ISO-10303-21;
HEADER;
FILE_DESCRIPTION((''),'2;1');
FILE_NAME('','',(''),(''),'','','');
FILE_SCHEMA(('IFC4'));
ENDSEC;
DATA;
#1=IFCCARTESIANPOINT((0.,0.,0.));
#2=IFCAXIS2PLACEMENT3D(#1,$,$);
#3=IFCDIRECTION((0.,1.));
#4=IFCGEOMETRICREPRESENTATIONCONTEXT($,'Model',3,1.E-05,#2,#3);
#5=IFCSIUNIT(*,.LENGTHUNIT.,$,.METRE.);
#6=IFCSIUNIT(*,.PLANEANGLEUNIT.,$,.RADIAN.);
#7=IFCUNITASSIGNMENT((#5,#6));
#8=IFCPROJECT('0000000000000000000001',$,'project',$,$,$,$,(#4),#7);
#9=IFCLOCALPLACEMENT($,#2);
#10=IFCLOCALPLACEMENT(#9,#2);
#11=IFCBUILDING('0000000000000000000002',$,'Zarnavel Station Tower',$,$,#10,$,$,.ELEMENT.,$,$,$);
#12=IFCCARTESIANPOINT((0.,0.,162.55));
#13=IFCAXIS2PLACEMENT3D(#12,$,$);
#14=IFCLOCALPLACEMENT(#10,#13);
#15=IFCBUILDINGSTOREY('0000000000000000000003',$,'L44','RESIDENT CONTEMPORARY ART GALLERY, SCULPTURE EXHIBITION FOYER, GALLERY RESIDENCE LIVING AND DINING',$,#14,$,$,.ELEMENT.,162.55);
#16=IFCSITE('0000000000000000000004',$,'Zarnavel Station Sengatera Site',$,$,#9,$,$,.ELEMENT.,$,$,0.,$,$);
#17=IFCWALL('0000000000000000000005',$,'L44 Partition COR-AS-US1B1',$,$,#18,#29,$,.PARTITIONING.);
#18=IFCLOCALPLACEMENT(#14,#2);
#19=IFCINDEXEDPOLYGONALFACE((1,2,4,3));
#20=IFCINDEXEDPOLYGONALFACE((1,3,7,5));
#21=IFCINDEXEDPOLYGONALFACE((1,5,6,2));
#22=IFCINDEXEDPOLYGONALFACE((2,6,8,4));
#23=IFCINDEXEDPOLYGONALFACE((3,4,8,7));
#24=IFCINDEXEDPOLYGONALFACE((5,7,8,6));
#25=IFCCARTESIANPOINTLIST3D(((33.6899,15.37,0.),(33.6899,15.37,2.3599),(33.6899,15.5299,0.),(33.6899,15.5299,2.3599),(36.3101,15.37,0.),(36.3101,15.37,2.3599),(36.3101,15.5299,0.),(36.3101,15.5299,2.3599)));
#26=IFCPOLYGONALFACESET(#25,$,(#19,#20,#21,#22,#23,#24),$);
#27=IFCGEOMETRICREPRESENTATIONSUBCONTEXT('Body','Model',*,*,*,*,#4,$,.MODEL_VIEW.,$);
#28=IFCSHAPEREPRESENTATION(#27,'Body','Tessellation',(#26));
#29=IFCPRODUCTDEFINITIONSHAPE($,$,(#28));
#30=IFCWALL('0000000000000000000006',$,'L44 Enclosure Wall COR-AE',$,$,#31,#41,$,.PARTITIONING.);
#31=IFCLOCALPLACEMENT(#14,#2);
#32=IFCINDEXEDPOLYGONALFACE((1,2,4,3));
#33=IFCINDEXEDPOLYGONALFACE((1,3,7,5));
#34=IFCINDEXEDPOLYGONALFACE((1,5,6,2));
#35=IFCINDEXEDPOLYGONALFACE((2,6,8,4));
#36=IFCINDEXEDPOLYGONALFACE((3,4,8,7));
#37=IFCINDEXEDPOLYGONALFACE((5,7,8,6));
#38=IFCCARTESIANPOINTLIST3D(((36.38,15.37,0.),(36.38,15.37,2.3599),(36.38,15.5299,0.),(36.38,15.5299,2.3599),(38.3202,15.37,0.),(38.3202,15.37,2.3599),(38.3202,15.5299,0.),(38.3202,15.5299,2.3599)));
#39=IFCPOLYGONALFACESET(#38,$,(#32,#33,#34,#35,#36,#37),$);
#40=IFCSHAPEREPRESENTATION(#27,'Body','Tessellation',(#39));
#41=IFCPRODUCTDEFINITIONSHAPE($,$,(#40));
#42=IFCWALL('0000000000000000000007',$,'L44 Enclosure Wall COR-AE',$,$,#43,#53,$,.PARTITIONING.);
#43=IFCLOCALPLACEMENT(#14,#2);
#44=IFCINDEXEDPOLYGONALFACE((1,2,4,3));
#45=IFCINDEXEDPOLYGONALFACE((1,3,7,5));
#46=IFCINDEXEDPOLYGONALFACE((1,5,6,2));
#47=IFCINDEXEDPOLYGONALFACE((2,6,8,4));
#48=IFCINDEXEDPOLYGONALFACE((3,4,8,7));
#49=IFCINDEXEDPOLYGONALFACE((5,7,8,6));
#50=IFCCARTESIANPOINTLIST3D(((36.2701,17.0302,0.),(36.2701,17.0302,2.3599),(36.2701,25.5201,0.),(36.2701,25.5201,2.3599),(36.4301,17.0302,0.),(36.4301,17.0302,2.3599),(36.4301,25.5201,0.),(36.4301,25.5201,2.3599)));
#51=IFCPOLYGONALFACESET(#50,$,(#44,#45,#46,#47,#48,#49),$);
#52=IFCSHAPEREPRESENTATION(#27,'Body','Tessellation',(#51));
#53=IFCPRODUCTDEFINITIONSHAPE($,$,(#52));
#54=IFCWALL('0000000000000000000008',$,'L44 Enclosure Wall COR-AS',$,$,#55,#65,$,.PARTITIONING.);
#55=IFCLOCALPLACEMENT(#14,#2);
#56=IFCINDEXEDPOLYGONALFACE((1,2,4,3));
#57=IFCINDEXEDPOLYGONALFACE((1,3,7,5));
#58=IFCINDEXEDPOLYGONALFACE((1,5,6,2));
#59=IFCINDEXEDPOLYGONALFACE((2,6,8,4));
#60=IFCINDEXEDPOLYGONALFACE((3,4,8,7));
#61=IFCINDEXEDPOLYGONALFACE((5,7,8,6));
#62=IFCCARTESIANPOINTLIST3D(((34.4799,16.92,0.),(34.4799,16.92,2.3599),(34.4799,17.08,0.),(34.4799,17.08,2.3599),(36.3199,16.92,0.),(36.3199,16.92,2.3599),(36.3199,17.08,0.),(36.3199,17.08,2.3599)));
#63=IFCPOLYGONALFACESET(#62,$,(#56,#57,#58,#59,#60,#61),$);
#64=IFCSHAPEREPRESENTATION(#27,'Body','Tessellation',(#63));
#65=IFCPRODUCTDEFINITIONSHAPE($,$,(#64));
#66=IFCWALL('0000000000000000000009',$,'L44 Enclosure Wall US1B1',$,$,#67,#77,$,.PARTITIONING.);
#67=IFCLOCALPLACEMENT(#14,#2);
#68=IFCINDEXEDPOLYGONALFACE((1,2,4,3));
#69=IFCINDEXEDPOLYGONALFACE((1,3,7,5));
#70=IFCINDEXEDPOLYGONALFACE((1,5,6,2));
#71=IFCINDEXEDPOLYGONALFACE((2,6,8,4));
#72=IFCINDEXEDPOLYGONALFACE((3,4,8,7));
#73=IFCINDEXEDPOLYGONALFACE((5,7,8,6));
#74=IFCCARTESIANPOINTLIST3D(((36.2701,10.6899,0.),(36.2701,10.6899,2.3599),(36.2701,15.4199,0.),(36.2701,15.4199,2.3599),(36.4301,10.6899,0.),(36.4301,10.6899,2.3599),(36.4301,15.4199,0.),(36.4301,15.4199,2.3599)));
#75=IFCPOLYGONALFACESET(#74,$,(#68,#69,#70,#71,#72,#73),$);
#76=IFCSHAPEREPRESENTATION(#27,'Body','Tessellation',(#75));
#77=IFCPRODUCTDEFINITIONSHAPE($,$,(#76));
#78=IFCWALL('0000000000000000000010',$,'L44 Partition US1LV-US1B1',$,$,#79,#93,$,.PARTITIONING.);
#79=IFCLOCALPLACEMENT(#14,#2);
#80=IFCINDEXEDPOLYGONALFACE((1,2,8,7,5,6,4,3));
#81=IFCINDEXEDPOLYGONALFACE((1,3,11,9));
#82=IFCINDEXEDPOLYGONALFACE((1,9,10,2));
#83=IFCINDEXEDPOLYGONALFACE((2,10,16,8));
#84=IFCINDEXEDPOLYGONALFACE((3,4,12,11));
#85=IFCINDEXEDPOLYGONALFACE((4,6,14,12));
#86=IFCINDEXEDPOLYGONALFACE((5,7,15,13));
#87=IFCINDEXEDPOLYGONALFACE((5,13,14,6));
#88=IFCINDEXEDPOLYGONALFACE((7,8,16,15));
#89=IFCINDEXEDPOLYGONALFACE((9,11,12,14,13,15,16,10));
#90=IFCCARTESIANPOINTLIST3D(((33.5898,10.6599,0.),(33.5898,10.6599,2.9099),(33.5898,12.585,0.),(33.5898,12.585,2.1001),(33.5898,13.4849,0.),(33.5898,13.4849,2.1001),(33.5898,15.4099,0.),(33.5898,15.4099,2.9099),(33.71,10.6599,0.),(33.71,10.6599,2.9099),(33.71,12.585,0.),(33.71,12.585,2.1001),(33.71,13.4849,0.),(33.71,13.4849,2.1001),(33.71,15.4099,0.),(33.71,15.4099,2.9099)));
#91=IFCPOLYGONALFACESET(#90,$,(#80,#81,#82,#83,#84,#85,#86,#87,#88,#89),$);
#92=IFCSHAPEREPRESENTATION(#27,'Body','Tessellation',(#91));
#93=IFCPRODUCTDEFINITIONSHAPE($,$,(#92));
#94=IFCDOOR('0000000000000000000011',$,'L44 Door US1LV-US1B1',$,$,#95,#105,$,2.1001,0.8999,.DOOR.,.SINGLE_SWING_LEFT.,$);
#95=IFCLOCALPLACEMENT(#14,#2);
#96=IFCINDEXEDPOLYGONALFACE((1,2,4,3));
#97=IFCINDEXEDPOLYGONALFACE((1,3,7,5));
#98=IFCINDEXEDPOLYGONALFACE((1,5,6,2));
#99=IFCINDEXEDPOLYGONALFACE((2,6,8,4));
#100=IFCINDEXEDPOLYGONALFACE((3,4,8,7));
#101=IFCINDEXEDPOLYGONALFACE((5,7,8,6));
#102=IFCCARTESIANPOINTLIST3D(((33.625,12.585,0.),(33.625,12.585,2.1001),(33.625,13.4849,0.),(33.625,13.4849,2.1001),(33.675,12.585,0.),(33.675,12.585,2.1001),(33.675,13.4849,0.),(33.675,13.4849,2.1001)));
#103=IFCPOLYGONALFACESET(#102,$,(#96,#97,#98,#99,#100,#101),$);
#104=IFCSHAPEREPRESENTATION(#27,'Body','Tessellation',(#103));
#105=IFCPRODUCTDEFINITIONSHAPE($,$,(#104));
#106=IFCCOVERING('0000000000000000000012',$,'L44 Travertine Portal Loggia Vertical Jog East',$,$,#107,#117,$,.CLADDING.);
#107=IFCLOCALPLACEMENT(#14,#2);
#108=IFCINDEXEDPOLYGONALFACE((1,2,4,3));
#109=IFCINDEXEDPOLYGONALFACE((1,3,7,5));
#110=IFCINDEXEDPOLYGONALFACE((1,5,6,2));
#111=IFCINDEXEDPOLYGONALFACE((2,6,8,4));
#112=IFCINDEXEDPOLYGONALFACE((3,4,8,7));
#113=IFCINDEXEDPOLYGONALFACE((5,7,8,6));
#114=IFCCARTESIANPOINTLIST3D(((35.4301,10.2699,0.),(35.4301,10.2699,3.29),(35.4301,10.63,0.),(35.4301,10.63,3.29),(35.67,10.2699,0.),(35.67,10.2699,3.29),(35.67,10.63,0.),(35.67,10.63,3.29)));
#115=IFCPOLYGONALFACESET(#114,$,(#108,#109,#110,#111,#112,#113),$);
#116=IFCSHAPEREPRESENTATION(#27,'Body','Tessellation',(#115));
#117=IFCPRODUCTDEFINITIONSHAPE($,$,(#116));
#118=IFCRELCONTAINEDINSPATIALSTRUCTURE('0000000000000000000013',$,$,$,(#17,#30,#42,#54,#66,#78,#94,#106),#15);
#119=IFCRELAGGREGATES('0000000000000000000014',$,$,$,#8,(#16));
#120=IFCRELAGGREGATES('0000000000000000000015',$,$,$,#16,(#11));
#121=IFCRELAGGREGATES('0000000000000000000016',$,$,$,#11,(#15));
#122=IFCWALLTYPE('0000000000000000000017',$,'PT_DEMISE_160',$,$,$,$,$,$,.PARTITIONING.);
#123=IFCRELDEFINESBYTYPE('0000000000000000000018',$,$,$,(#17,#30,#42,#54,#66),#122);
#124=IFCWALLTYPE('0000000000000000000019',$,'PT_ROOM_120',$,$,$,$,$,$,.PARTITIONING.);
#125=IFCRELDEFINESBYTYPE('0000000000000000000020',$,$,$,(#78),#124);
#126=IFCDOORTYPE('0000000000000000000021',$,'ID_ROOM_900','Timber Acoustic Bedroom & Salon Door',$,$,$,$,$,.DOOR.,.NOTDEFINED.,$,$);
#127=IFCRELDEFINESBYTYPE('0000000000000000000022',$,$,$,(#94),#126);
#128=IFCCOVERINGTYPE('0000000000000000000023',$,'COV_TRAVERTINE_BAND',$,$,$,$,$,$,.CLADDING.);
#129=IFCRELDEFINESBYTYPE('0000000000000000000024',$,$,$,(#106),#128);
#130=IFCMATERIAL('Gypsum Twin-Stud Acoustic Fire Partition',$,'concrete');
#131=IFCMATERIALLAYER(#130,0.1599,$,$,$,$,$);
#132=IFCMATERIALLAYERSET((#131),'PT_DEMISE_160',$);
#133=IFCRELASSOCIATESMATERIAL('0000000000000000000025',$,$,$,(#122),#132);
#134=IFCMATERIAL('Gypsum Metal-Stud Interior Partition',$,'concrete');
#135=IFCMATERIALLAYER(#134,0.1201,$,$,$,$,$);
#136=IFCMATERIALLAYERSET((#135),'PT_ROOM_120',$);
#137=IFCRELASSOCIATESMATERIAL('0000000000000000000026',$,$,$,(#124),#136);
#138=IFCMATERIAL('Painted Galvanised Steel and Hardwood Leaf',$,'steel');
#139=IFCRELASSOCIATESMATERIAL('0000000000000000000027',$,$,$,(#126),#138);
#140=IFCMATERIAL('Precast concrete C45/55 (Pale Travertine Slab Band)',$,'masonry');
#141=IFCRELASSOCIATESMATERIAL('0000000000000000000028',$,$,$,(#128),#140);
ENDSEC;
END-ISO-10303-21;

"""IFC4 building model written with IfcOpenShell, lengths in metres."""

from ifc_helpers import new_model, si_unit, direction, frame, frame_2d, origin, origin_2d, place, context, subcontext, project, spatial, rectangle, extrude, material, layer, layer_set, type_object, element, fill, save


model = new_model("IFC4")

# Units and contexts
model_context = context("Model", 3, precision=1e-05, world=origin(), true_north=direction((0.0, 1.0)))
body_context = subcontext(model_context, "Body", "Model", "MODEL_VIEW")
ifc_project = project(units=[si_unit("LENGTHUNIT", "METRE"), si_unit("PLANEANGLEUNIT", "RADIAN")], contexts=[model_context])

# Site, building, storey
site_placement = place(None, origin())
site = spatial("IfcSite", under=ifc_project, at=site_placement, Name="Zarnavel Station Sengatera Site", CompositionType="ELEMENT", RefElevation=0.0)
building_placement = place(site_placement, origin())
building = spatial("IfcBuilding", under=site, at=building_placement, Name="Zarnavel Station Tower", CompositionType="ELEMENT")
storey_placement = place(building_placement, frame((0.0, 0.0, 162.55)))
storey = spatial("IfcBuildingStorey", under=building, at=storey_placement, Name="L44", Description="RESIDENT CONTEMPORARY ART GALLERY, SCULPTURE EXHIBITION FOYER, GALLERY RESIDENCE LIVING AND DINING", CompositionType="ELEMENT", Elevation=162.55)

# Walls
ifc_material_1 = material(Name="Gypsum Twin-Stud Acoustic Fire Partition", Category="concrete")
ifc_layer_1 = layer(ifc_material_1, 0.1599)
ifc_layer_set_1 = layer_set([ifc_layer_1], Name="PT_DEMISE_160")
wall_type_1 = type_object("IfcWallType", Name="PT_DEMISE_160", PredefinedType="PARTITIONING", material=ifc_layer_set_1)
wall_1_placement = place(storey_placement, frame((33.6899, 15.45, 0.0), z_axis=(0.0, 0.0, 1.0), x_axis=(1.0, 0.0, 0.0)))
element("IfcWall", 1, at=wall_1_placement, inside=storey, type_object=wall_type_1, Name="L44 Partition COR-AS-US1B1", PredefinedType="PARTITIONING", context=body_context, shape_type="SweptSolid", body=[
    extrude(rectangle(XDim=2.6201, YDim=0.1599, at=frame_2d((1.3101, 0.0))), origin(), (0.0, 0.0, 1.0), 2.3599),
])
wall_2_placement = place(storey_placement, frame((36.3799, 15.45, 0.0), z_axis=(0.0, 0.0, 1.0), x_axis=(1.0, 0.0, 0.0)))
element("IfcWall", 2, at=wall_2_placement, inside=storey, type_object=wall_type_1, Name="L44 Enclosure Wall COR-AE", PredefinedType="PARTITIONING", context=body_context, shape_type="SweptSolid", body=[
    extrude(rectangle(XDim=1.9402, YDim=0.1599, at=frame_2d((0.9702, 0.0))), origin(), (0.0, 0.0, 1.0), 2.3599),
])
wall_3_placement = place(storey_placement, frame((36.3501, 17.03, 0.0), z_axis=(0.0, 0.0, 1.0), x_axis=(0.0, 1.0, 0.0)))
element("IfcWall", 3, at=wall_3_placement, inside=storey, type_object=wall_type_1, Name="L44 Enclosure Wall COR-AE", PredefinedType="PARTITIONING", context=body_context, shape_type="SweptSolid", body=[
    extrude(rectangle(XDim=8.49, YDim=0.1599, at=frame_2d((4.2451, 0.0))), origin(), (0.0, 0.0, 1.0), 2.3599),
])
wall_4_placement = place(storey_placement, frame((34.48, 17.0, 0.0), z_axis=(0.0, 0.0, 1.0), x_axis=(1.0, 0.0, 0.0)))
element("IfcWall", 4, at=wall_4_placement, inside=storey, type_object=wall_type_1, Name="L44 Enclosure Wall COR-AS", PredefinedType="PARTITIONING", context=body_context, shape_type="SweptSolid", body=[
    extrude(rectangle(XDim=1.8401, YDim=0.1599, at=frame_2d((0.9199, 0.0))), origin(), (0.0, 0.0, 1.0), 2.3599),
])
wall_5_placement = place(storey_placement, frame((36.3501, 10.6899, 0.0), z_axis=(0.0, 0.0, 1.0), x_axis=(0.0, 1.0, 0.0)))
element("IfcWall", 5, at=wall_5_placement, inside=storey, type_object=wall_type_1, Name="L44 Enclosure Wall US1B1", PredefinedType="PARTITIONING", context=body_context, shape_type="SweptSolid", body=[
    extrude(rectangle(XDim=4.73, YDim=0.1599, at=frame_2d((2.365, 0.0))), origin(), (0.0, 0.0, 1.0), 2.3599),
])

# Wall, opening, door
ifc_material_2 = material(Name="Gypsum Metal-Stud Interior Partition", Category="concrete")
ifc_layer_2 = layer(ifc_material_2, 0.1201)
ifc_layer_set_2 = layer_set([ifc_layer_2], Name="PT_ROOM_120")
wall_type_2 = type_object("IfcWallType", Name="PT_ROOM_120", PredefinedType="PARTITIONING", material=ifc_layer_set_2)
wall_6_placement = place(storey_placement, frame((33.6499, 10.6599, 0.0), z_axis=(0.0, 0.0, 1.0), x_axis=(0.0, 1.0, 0.0)))
wall_6 = element("IfcWall", 6, at=wall_6_placement, inside=storey, type_object=wall_type_2, Name="L44 Partition US1LV-US1B1", PredefinedType="PARTITIONING", context=body_context, shape_type="SweptSolid", body=[
    extrude(rectangle(XDim=4.75, YDim=0.1201, at=frame_2d((2.375, 0.0))), origin(), (0.0, 0.0, 1.0), 2.9099),
])
opening_placement = place(wall_6_placement, frame((1.925, 0.0, 0.0)))
opening = element("IfcOpeningElement", 7, at=opening_placement, cuts=wall_6, PredefinedType="OPENING", context=body_context, shape_type="SweptSolid", body=[
    extrude(rectangle(XDim=0.8999, YDim=2.1001, at=frame_2d((0.45, 1.05))), frame((0.0, 0.0701, 0.0), z_axis=(0.0, -1.0, 0.0), x_axis=(1.0, 0.0, 0.0)), (0.0, 0.0, 1.0), 0.1401),
])
ifc_material_3 = material(Name="Painted Galvanised Steel and Hardwood Leaf", Category="steel")
door_type = type_object("IfcDoorType", Name="ID_ROOM_900", Description="Timber Acoustic Bedroom & Salon Door", OperationType="NOTDEFINED", PredefinedType="DOOR", material=ifc_material_3)
door_placement = place(opening_placement, origin())
door = element("IfcDoor", 8, at=door_placement, inside=storey, type_object=door_type, Name="L44 Door US1LV-US1B1", OperationType="SINGLE_SWING_LEFT", OverallHeight=2.1001, OverallWidth=0.8999, PredefinedType="DOOR", context=body_context, shape_type="SweptSolid", body=[
    extrude(rectangle(XDim=0.8999, YDim=2.1001, at=frame_2d((0.45, 1.05))), frame((0.0, 0.0249, 0.0), z_axis=(0.0, -1.0, 0.0), x_axis=(1.0, 0.0, 0.0)), (0.0, 0.0, 1.0), 0.05),
])
fill(opening, door)

# Covering
ifc_material_4 = material(Name="Precast concrete C45/55 (Pale Travertine Slab Band)", Category="masonry")
covering_type = type_object("IfcCoveringType", Name="COV_TRAVERTINE_BAND", PredefinedType="CLADDING", material=ifc_material_4)
covering_placement = place(storey_placement, frame((35.55, 10.45, 0.0), z_axis=(0.0, 0.0, 1.0), x_axis=(1.0, 0.0, 0.0)))
element("IfcCovering", 9, at=covering_placement, inside=storey, type_object=covering_type, Name="L44 Travertine Portal Loggia Vertical Jog East", PredefinedType="CLADDING", context=body_context, shape_type="SweptSolid", body=[
    extrude(rectangle(XDim=0.24, YDim=0.3601, at=origin_2d()), origin(), (0.0, 0.0, 1.0), 3.29),
])

save(model, "model.ifc")
